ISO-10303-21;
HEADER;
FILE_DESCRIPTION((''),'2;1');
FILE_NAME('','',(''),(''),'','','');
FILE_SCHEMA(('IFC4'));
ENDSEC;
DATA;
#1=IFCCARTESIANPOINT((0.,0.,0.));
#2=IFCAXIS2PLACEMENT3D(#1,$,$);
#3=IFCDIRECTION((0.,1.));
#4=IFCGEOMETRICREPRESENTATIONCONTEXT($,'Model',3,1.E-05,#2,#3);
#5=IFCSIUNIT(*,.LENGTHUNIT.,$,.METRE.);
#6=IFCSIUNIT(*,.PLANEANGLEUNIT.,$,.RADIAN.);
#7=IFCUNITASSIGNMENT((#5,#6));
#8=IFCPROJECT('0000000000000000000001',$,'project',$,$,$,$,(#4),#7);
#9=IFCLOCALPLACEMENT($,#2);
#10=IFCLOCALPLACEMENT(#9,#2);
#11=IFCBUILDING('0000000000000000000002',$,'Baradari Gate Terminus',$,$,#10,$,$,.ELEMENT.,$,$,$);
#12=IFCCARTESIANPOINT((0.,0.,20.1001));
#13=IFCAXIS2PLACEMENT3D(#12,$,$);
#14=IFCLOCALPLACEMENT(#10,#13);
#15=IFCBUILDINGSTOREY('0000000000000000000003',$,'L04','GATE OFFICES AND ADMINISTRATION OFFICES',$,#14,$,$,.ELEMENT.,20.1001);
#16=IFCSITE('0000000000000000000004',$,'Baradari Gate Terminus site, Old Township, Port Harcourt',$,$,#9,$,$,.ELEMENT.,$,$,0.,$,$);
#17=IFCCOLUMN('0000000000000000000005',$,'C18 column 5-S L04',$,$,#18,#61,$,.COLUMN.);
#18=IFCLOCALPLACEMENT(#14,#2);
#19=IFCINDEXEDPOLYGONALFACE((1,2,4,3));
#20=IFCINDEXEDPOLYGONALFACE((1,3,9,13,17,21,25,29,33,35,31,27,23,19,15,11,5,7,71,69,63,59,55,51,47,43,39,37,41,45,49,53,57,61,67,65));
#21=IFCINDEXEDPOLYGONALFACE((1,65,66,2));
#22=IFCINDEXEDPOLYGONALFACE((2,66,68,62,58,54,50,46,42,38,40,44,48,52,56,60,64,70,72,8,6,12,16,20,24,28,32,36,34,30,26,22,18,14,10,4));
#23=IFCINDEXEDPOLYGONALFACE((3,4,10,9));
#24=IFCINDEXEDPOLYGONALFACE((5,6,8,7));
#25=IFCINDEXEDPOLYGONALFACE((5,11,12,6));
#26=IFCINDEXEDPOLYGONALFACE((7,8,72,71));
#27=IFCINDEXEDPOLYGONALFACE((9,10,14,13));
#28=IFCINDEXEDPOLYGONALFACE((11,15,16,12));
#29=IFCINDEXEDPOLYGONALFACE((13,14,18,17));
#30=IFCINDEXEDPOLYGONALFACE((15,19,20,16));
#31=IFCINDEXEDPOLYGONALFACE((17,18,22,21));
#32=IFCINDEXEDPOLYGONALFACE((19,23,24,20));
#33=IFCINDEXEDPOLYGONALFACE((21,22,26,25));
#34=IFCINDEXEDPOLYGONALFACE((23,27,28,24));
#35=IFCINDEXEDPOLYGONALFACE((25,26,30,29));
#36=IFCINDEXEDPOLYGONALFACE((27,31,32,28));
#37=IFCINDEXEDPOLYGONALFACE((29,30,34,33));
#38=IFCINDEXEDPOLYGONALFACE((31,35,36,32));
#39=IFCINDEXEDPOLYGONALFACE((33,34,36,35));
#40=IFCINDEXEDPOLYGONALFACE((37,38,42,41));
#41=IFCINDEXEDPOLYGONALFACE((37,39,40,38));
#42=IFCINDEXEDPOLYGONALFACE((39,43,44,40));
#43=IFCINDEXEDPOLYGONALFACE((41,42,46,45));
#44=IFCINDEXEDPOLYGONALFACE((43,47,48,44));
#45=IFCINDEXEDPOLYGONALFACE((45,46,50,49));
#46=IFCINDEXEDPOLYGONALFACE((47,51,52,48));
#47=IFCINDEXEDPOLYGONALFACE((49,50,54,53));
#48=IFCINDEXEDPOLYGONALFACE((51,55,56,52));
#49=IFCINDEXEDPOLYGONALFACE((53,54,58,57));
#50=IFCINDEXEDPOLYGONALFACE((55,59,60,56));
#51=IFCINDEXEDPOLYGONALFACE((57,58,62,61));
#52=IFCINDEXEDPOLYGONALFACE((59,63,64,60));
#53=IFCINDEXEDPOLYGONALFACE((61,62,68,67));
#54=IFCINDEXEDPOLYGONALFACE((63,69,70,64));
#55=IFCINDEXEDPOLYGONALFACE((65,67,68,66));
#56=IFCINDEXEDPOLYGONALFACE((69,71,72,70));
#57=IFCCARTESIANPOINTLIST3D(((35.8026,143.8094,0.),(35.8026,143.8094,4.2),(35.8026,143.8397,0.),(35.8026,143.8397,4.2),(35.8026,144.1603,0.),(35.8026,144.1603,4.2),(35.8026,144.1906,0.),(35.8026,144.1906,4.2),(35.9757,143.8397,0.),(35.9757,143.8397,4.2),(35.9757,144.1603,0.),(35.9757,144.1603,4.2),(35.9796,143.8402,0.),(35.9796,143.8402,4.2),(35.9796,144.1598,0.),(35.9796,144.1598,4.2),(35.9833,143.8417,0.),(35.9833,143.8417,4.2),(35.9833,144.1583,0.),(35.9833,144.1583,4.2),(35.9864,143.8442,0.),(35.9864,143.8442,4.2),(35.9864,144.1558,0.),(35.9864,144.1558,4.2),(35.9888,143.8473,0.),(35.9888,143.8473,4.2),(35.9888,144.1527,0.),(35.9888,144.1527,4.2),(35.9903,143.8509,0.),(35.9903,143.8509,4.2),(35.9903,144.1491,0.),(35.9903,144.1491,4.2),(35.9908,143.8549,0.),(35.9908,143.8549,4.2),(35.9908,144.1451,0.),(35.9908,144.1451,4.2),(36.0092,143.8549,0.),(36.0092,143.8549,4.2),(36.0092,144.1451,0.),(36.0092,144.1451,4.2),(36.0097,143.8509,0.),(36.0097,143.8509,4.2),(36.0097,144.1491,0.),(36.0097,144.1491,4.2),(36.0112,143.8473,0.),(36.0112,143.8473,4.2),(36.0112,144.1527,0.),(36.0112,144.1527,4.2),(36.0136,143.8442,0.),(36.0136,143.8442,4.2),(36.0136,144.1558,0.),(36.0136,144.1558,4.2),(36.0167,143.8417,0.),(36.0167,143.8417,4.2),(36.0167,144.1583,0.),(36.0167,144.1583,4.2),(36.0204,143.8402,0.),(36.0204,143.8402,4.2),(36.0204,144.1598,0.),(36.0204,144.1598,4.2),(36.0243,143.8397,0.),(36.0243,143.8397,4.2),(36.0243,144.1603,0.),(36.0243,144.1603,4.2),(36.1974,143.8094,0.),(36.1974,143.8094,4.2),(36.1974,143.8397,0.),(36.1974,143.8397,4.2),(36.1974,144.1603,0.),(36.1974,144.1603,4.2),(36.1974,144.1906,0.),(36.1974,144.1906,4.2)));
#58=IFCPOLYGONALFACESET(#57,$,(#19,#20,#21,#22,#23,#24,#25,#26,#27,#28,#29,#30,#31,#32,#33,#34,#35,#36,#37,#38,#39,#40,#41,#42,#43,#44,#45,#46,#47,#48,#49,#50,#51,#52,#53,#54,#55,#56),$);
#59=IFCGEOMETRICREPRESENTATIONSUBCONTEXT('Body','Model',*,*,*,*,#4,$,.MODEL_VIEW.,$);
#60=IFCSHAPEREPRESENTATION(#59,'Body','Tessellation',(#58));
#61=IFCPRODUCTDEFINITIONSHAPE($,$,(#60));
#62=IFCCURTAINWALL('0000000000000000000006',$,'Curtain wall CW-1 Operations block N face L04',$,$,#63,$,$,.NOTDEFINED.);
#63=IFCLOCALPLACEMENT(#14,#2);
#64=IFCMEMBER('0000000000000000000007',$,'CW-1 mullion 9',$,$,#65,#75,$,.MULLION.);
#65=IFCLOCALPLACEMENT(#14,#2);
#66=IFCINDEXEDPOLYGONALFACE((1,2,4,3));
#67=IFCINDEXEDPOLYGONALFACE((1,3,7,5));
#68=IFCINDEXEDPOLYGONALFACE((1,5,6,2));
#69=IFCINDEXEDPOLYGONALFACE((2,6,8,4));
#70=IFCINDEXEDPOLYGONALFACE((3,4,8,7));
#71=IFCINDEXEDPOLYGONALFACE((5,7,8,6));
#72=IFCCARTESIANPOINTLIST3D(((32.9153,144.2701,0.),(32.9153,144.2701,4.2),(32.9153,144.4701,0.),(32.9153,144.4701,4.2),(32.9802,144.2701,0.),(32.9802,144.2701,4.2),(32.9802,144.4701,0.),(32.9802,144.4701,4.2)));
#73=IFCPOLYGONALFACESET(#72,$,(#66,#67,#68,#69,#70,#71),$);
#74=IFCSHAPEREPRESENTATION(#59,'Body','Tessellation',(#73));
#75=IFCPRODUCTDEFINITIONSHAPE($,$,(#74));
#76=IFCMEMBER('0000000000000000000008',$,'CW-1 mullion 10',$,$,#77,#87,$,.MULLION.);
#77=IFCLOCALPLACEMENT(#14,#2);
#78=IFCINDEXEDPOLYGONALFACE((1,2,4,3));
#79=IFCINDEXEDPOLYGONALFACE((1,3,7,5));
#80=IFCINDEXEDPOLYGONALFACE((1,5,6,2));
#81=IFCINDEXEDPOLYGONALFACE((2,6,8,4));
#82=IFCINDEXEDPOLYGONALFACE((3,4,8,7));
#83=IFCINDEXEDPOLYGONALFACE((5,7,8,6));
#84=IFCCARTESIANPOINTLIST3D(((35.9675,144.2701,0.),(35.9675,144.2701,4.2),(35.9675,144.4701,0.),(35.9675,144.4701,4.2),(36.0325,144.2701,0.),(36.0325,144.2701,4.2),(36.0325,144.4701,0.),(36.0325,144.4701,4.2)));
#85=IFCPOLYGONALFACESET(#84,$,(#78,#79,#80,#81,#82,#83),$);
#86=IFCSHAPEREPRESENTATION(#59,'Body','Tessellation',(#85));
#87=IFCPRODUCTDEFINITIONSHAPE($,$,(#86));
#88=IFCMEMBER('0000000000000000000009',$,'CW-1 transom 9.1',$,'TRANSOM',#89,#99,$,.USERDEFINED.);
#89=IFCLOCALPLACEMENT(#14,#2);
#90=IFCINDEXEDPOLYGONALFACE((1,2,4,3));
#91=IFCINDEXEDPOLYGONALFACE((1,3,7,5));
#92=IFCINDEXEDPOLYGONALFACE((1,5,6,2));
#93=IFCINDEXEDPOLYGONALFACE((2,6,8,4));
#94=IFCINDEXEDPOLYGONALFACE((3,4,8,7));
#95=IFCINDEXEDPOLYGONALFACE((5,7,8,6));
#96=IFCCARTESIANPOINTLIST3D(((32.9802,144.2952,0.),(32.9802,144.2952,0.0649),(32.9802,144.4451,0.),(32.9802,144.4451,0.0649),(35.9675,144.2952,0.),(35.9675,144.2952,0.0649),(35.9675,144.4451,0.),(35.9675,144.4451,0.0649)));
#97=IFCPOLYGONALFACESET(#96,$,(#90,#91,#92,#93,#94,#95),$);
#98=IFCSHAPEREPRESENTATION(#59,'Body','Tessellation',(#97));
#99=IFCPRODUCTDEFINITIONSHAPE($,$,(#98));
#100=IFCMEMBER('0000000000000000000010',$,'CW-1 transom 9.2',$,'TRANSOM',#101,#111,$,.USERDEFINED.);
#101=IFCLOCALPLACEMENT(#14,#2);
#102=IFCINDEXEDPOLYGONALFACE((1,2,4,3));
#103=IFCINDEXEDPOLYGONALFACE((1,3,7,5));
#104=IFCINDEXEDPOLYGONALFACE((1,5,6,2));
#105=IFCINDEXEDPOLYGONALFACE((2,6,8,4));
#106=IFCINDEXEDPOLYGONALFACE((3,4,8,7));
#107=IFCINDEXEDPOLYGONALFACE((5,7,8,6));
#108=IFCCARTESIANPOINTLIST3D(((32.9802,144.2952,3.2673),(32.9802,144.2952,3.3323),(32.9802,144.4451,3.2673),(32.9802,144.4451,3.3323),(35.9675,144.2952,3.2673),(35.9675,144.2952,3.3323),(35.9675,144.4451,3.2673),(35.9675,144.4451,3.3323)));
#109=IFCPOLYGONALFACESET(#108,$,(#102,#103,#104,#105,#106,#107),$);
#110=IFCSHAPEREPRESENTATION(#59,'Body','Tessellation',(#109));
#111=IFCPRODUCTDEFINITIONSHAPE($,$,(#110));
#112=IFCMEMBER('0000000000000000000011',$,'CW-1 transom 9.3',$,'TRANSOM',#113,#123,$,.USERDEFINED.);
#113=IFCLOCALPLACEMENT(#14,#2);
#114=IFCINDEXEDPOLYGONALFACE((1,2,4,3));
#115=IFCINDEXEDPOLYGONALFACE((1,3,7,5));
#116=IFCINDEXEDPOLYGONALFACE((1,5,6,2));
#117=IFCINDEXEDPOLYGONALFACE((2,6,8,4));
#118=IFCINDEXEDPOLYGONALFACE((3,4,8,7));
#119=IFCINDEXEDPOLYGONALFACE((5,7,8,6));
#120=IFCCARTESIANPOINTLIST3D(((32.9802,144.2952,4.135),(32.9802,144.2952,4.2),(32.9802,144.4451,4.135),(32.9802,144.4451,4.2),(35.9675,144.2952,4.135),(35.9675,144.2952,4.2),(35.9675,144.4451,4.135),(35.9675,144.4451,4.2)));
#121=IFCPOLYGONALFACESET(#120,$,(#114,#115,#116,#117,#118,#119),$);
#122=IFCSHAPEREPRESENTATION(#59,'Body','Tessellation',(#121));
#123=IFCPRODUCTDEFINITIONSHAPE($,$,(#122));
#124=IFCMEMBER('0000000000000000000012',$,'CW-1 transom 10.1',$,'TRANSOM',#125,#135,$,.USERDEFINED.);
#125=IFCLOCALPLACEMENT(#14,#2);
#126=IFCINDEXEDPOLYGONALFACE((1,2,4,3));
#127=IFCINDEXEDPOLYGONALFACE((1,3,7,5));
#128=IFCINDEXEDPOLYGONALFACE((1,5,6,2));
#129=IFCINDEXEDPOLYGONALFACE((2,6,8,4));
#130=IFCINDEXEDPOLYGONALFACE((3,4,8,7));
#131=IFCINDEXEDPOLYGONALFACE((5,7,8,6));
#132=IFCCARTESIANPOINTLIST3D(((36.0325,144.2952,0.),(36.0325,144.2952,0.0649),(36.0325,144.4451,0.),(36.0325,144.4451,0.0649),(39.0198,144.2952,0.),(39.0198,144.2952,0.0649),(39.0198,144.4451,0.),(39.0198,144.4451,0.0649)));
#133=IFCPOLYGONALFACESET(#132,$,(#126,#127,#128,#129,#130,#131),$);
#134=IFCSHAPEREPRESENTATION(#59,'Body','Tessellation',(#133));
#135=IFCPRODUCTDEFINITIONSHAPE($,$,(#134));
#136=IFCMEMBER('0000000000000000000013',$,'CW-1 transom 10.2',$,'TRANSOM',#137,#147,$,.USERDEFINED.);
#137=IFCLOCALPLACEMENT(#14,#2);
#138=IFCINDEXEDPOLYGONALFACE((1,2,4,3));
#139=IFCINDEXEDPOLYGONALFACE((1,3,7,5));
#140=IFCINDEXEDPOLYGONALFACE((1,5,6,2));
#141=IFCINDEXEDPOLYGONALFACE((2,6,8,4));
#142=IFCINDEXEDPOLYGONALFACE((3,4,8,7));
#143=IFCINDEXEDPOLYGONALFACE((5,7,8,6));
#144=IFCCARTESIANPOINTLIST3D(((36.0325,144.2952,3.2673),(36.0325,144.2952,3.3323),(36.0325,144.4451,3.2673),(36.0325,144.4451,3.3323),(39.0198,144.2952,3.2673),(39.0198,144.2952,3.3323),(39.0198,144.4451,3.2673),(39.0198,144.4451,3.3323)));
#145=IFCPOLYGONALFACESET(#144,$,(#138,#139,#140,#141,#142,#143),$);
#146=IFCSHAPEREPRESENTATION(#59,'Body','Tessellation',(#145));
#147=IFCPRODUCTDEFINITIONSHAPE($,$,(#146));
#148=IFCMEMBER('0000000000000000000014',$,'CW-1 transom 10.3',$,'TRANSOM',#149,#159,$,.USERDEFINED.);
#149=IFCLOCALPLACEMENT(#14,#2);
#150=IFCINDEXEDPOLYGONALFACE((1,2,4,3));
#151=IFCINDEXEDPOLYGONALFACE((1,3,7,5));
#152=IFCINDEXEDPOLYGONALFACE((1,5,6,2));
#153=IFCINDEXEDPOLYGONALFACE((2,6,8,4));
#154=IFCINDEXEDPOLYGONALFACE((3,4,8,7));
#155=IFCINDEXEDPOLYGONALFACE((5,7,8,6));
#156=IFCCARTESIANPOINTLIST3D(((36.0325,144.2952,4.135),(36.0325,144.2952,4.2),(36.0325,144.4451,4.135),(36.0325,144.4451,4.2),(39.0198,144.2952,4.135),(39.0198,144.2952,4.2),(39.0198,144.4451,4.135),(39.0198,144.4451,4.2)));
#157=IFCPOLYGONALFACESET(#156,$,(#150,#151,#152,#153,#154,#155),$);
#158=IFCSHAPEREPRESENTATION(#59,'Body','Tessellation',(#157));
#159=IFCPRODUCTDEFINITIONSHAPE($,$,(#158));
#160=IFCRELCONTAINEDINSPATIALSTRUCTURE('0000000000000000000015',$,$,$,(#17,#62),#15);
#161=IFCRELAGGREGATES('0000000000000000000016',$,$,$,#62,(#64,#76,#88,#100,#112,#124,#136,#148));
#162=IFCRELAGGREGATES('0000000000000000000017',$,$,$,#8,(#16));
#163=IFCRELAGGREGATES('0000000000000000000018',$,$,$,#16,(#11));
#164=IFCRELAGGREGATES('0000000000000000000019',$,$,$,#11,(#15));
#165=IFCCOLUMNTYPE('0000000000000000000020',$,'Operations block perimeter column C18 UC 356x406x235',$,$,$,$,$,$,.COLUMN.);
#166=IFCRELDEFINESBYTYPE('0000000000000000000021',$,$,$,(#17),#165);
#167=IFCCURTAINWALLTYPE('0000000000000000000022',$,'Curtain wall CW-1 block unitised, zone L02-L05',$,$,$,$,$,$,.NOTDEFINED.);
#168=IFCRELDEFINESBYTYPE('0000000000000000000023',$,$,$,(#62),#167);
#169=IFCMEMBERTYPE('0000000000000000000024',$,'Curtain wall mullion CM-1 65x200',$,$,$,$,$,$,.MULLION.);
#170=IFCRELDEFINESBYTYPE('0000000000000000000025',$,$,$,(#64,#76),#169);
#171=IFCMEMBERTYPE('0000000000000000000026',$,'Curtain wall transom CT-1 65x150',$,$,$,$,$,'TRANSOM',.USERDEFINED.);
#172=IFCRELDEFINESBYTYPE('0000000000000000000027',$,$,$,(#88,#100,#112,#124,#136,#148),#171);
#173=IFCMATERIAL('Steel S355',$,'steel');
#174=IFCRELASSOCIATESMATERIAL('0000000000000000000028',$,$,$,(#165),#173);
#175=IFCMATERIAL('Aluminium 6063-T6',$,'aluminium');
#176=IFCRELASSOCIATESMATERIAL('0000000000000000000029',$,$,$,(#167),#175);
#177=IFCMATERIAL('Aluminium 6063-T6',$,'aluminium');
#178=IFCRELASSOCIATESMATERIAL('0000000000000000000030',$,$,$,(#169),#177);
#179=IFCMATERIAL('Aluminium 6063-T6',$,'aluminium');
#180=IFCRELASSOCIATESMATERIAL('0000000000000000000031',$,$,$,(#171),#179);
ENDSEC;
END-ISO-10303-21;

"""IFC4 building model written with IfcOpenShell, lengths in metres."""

from ifc_helpers import new_model, si_unit, direction, frame, origin, origin_2d, place, context, subcontext, project, spatial, rectangle, i_section, extrude, material, material_profile, profile_set, type_object, element, aggregate, save


model = new_model("IFC4")

# Units and contexts
model_context = context("Model", 3, precision=1e-05, world=origin(), true_north=direction((0.0, 1.0)))
body_context = subcontext(model_context, "Body", "Model", "MODEL_VIEW")
ifc_project = project(units=[si_unit("LENGTHUNIT", "METRE"), si_unit("PLANEANGLEUNIT", "RADIAN")], contexts=[model_context])

# Site, building, storey
site_placement = place(None, origin())
site = spatial("IfcSite", under=ifc_project, at=site_placement, Name="Baradari Gate Terminus site, Old Township, Port Harcourt", CompositionType="ELEMENT", RefElevation=0.0)
building_placement = place(site_placement, origin())
building = spatial("IfcBuilding", under=site, at=building_placement, Name="Baradari Gate Terminus", CompositionType="ELEMENT")
storey_placement = place(building_placement, frame((0.0, 0.0, 20.1001)))
storey = spatial("IfcBuildingStorey", under=building, at=storey_placement, Name="L04", Description="GATE OFFICES AND ADMINISTRATION OFFICES", CompositionType="ELEMENT", Elevation=20.1001)

# Column
ifc_material_1 = material(Name="Steel S355", Category="steel")
ifc_material_profile_1 = material_profile(ifc_material_1, i_section(OverallWidth=0.3948, OverallDepth=0.3811, WebThickness=0.0183, FlangeThickness=0.0303, FilletRadius=0.0151, at=origin_2d()), Name="UC 356x406x235")
ifc_profile_set_1 = profile_set([ifc_material_profile_1], Name="Steel S355")
column_type = type_object("IfcColumnType", Name="Operations block perimeter column C18 UC 356x406x235", PredefinedType="COLUMN", material=ifc_profile_set_1)
column_placement = place(storey_placement, frame((36.0, 144.0, 0.0), z_axis=(0.0, 0.0, 1.0), x_axis=(1.0, 0.0, 0.0)))
element("IfcColumn", 1, at=column_placement, inside=storey, type_object=column_type, Name="C18 column 5-S L04", PredefinedType="COLUMN", context=body_context, shape_type="SweptSolid", body=[
    extrude(i_section(OverallWidth=0.3948, OverallDepth=0.3811, WebThickness=0.0183, FlangeThickness=0.0303, FilletRadius=0.0151, at=origin_2d()), origin(), (0.0, 0.0, 1.0), 4.2),
])

# Curtain wall, members
ifc_material_2 = material(Name="Aluminium 6063-T6", Category="aluminium")
curtain_wall_type = type_object("IfcCurtainWallType", Name="Curtain wall CW-1 block unitised, zone L02-L05", PredefinedType="NOTDEFINED", material=ifc_material_2)
curtain_wall_placement = place(storey_placement, origin())
curtain_wall = element("IfcCurtainWall", 2, at=curtain_wall_placement, inside=storey, type_object=curtain_wall_type, Name="Curtain wall CW-1 Operations block N face L04", PredefinedType="NOTDEFINED")
ifc_material_3 = material(Name="Aluminium 6063-T6", Category="aluminium")
ifc_material_profile_2 = material_profile(ifc_material_3, rectangle(XDim=0.2, YDim=0.0649, at=origin_2d()), Name="CM-1 65X200")
ifc_profile_set_2 = profile_set([ifc_material_profile_2], Name="Aluminium 6063-T6")
member_type_1 = type_object("IfcMemberType", Name="Curtain wall mullion CM-1 65x200", PredefinedType="MULLION", material=ifc_profile_set_2)
member_1_placement = place(storey_placement, frame((32.9478, 144.3701, 0.0), z_axis=(0.0, 0.0, 1.0), x_axis=(0.0, 1.0, 0.0)))
member_1 = element("IfcMember", 3, at=member_1_placement, type_object=member_type_1, Name="CW-1 mullion 9", PredefinedType="MULLION", context=body_context, shape_type="SweptSolid", body=[
    extrude(rectangle(XDim=0.2, YDim=0.0649, at=origin_2d()), origin(), (0.0, 0.0, 1.0), 4.2),
])
member_2_placement = place(storey_placement, frame((36.0, 144.3701, 0.0), z_axis=(0.0, 0.0, 1.0), x_axis=(0.0, 1.0, 0.0)))
member_2 = element("IfcMember", 4, at=member_2_placement, type_object=member_type_1, Name="CW-1 mullion 10", PredefinedType="MULLION", context=body_context, shape_type="SweptSolid", body=[
    extrude(rectangle(XDim=0.2, YDim=0.0649, at=origin_2d()), origin(), (0.0, 0.0, 1.0), 4.2),
])
ifc_material_4 = material(Name="Aluminium 6063-T6", Category="aluminium")
ifc_material_profile_3 = material_profile(ifc_material_4, rectangle(XDim=0.1499, YDim=0.0649, at=origin_2d()), Name="CT-1 65X150")
ifc_profile_set_3 = profile_set([ifc_material_profile_3], Name="Aluminium 6063-T6")
member_type_2 = type_object("IfcMemberType", Name="Curtain wall transom CT-1 65x150", ElementType="TRANSOM", PredefinedType="USERDEFINED", material=ifc_profile_set_3)
member_3_placement = place(storey_placement, frame((32.9802, 144.3701, 0.0325), z_axis=(1.0, 0.0, 0.0), x_axis=(0.0, 1.0, 0.0)))
member_3 = element("IfcMember", 5, at=member_3_placement, type_object=member_type_2, Name="CW-1 transom 9.1", ObjectType="TRANSOM", PredefinedType="USERDEFINED", context=body_context, shape_type="SweptSolid", body=[
    extrude(rectangle(XDim=0.1499, YDim=0.0649, at=origin_2d()), origin(), (0.0, 0.0, 1.0), 2.9873),
])
member_4_placement = place(storey_placement, frame((32.9802, 144.3701, 3.2998), z_axis=(1.0, 0.0, 0.0), x_axis=(0.0, 1.0, 0.0)))
member_4 = element("IfcMember", 6, at=member_4_placement, type_object=member_type_2, Name="CW-1 transom 9.2", ObjectType="TRANSOM", PredefinedType="USERDEFINED", context=body_context, shape_type="SweptSolid", body=[
    extrude(rectangle(XDim=0.1499, YDim=0.0649, at=origin_2d()), origin(), (0.0, 0.0, 1.0), 2.9873),
])
member_5_placement = place(storey_placement, frame((32.9802, 144.3701, 4.1675), z_axis=(1.0, 0.0, 0.0), x_axis=(0.0, 1.0, 0.0)))
member_5 = element("IfcMember", 7, at=member_5_placement, type_object=member_type_2, Name="CW-1 transom 9.3", ObjectType="TRANSOM", PredefinedType="USERDEFINED", context=body_context, shape_type="SweptSolid", body=[
    extrude(rectangle(XDim=0.1499, YDim=0.0649, at=origin_2d()), origin(), (0.0, 0.0, 1.0), 2.9873),
])
member_6_placement = place(storey_placement, frame((36.0325, 144.3701, 0.0325), z_axis=(1.0, 0.0, 0.0), x_axis=(0.0, 1.0, 0.0)))
member_6 = element("IfcMember", 8, at=member_6_placement, type_object=member_type_2, Name="CW-1 transom 10.1", ObjectType="TRANSOM", PredefinedType="USERDEFINED", context=body_context, shape_type="SweptSolid", body=[
    extrude(rectangle(XDim=0.1499, YDim=0.0649, at=origin_2d()), origin(), (0.0, 0.0, 1.0), 2.9873),
])
member_7_placement = place(storey_placement, frame((36.0325, 144.3701, 3.2998), z_axis=(1.0, 0.0, 0.0), x_axis=(0.0, 1.0, 0.0)))
member_7 = element("IfcMember", 9, at=member_7_placement, type_object=member_type_2, Name="CW-1 transom 10.2", ObjectType="TRANSOM", PredefinedType="USERDEFINED", context=body_context, shape_type="SweptSolid", body=[
    extrude(rectangle(XDim=0.1499, YDim=0.0649, at=origin_2d()), origin(), (0.0, 0.0, 1.0), 2.9873),
])
member_8_placement = place(storey_placement, frame((36.0325, 144.3701, 4.1675), z_axis=(1.0, 0.0, 0.0), x_axis=(0.0, 1.0, 0.0)))
member_8 = element("IfcMember", 10, at=member_8_placement, type_object=member_type_2, Name="CW-1 transom 10.3", ObjectType="TRANSOM", PredefinedType="USERDEFINED", context=body_context, shape_type="SweptSolid", body=[
    extrude(rectangle(XDim=0.1499, YDim=0.0649, at=origin_2d()), origin(), (0.0, 0.0, 1.0), 2.9873),
])

aggregate(curtain_wall, [member_1, member_2, member_3, member_4, member_5, member_6, member_7, member_8])

save(model, "model.ifc")
